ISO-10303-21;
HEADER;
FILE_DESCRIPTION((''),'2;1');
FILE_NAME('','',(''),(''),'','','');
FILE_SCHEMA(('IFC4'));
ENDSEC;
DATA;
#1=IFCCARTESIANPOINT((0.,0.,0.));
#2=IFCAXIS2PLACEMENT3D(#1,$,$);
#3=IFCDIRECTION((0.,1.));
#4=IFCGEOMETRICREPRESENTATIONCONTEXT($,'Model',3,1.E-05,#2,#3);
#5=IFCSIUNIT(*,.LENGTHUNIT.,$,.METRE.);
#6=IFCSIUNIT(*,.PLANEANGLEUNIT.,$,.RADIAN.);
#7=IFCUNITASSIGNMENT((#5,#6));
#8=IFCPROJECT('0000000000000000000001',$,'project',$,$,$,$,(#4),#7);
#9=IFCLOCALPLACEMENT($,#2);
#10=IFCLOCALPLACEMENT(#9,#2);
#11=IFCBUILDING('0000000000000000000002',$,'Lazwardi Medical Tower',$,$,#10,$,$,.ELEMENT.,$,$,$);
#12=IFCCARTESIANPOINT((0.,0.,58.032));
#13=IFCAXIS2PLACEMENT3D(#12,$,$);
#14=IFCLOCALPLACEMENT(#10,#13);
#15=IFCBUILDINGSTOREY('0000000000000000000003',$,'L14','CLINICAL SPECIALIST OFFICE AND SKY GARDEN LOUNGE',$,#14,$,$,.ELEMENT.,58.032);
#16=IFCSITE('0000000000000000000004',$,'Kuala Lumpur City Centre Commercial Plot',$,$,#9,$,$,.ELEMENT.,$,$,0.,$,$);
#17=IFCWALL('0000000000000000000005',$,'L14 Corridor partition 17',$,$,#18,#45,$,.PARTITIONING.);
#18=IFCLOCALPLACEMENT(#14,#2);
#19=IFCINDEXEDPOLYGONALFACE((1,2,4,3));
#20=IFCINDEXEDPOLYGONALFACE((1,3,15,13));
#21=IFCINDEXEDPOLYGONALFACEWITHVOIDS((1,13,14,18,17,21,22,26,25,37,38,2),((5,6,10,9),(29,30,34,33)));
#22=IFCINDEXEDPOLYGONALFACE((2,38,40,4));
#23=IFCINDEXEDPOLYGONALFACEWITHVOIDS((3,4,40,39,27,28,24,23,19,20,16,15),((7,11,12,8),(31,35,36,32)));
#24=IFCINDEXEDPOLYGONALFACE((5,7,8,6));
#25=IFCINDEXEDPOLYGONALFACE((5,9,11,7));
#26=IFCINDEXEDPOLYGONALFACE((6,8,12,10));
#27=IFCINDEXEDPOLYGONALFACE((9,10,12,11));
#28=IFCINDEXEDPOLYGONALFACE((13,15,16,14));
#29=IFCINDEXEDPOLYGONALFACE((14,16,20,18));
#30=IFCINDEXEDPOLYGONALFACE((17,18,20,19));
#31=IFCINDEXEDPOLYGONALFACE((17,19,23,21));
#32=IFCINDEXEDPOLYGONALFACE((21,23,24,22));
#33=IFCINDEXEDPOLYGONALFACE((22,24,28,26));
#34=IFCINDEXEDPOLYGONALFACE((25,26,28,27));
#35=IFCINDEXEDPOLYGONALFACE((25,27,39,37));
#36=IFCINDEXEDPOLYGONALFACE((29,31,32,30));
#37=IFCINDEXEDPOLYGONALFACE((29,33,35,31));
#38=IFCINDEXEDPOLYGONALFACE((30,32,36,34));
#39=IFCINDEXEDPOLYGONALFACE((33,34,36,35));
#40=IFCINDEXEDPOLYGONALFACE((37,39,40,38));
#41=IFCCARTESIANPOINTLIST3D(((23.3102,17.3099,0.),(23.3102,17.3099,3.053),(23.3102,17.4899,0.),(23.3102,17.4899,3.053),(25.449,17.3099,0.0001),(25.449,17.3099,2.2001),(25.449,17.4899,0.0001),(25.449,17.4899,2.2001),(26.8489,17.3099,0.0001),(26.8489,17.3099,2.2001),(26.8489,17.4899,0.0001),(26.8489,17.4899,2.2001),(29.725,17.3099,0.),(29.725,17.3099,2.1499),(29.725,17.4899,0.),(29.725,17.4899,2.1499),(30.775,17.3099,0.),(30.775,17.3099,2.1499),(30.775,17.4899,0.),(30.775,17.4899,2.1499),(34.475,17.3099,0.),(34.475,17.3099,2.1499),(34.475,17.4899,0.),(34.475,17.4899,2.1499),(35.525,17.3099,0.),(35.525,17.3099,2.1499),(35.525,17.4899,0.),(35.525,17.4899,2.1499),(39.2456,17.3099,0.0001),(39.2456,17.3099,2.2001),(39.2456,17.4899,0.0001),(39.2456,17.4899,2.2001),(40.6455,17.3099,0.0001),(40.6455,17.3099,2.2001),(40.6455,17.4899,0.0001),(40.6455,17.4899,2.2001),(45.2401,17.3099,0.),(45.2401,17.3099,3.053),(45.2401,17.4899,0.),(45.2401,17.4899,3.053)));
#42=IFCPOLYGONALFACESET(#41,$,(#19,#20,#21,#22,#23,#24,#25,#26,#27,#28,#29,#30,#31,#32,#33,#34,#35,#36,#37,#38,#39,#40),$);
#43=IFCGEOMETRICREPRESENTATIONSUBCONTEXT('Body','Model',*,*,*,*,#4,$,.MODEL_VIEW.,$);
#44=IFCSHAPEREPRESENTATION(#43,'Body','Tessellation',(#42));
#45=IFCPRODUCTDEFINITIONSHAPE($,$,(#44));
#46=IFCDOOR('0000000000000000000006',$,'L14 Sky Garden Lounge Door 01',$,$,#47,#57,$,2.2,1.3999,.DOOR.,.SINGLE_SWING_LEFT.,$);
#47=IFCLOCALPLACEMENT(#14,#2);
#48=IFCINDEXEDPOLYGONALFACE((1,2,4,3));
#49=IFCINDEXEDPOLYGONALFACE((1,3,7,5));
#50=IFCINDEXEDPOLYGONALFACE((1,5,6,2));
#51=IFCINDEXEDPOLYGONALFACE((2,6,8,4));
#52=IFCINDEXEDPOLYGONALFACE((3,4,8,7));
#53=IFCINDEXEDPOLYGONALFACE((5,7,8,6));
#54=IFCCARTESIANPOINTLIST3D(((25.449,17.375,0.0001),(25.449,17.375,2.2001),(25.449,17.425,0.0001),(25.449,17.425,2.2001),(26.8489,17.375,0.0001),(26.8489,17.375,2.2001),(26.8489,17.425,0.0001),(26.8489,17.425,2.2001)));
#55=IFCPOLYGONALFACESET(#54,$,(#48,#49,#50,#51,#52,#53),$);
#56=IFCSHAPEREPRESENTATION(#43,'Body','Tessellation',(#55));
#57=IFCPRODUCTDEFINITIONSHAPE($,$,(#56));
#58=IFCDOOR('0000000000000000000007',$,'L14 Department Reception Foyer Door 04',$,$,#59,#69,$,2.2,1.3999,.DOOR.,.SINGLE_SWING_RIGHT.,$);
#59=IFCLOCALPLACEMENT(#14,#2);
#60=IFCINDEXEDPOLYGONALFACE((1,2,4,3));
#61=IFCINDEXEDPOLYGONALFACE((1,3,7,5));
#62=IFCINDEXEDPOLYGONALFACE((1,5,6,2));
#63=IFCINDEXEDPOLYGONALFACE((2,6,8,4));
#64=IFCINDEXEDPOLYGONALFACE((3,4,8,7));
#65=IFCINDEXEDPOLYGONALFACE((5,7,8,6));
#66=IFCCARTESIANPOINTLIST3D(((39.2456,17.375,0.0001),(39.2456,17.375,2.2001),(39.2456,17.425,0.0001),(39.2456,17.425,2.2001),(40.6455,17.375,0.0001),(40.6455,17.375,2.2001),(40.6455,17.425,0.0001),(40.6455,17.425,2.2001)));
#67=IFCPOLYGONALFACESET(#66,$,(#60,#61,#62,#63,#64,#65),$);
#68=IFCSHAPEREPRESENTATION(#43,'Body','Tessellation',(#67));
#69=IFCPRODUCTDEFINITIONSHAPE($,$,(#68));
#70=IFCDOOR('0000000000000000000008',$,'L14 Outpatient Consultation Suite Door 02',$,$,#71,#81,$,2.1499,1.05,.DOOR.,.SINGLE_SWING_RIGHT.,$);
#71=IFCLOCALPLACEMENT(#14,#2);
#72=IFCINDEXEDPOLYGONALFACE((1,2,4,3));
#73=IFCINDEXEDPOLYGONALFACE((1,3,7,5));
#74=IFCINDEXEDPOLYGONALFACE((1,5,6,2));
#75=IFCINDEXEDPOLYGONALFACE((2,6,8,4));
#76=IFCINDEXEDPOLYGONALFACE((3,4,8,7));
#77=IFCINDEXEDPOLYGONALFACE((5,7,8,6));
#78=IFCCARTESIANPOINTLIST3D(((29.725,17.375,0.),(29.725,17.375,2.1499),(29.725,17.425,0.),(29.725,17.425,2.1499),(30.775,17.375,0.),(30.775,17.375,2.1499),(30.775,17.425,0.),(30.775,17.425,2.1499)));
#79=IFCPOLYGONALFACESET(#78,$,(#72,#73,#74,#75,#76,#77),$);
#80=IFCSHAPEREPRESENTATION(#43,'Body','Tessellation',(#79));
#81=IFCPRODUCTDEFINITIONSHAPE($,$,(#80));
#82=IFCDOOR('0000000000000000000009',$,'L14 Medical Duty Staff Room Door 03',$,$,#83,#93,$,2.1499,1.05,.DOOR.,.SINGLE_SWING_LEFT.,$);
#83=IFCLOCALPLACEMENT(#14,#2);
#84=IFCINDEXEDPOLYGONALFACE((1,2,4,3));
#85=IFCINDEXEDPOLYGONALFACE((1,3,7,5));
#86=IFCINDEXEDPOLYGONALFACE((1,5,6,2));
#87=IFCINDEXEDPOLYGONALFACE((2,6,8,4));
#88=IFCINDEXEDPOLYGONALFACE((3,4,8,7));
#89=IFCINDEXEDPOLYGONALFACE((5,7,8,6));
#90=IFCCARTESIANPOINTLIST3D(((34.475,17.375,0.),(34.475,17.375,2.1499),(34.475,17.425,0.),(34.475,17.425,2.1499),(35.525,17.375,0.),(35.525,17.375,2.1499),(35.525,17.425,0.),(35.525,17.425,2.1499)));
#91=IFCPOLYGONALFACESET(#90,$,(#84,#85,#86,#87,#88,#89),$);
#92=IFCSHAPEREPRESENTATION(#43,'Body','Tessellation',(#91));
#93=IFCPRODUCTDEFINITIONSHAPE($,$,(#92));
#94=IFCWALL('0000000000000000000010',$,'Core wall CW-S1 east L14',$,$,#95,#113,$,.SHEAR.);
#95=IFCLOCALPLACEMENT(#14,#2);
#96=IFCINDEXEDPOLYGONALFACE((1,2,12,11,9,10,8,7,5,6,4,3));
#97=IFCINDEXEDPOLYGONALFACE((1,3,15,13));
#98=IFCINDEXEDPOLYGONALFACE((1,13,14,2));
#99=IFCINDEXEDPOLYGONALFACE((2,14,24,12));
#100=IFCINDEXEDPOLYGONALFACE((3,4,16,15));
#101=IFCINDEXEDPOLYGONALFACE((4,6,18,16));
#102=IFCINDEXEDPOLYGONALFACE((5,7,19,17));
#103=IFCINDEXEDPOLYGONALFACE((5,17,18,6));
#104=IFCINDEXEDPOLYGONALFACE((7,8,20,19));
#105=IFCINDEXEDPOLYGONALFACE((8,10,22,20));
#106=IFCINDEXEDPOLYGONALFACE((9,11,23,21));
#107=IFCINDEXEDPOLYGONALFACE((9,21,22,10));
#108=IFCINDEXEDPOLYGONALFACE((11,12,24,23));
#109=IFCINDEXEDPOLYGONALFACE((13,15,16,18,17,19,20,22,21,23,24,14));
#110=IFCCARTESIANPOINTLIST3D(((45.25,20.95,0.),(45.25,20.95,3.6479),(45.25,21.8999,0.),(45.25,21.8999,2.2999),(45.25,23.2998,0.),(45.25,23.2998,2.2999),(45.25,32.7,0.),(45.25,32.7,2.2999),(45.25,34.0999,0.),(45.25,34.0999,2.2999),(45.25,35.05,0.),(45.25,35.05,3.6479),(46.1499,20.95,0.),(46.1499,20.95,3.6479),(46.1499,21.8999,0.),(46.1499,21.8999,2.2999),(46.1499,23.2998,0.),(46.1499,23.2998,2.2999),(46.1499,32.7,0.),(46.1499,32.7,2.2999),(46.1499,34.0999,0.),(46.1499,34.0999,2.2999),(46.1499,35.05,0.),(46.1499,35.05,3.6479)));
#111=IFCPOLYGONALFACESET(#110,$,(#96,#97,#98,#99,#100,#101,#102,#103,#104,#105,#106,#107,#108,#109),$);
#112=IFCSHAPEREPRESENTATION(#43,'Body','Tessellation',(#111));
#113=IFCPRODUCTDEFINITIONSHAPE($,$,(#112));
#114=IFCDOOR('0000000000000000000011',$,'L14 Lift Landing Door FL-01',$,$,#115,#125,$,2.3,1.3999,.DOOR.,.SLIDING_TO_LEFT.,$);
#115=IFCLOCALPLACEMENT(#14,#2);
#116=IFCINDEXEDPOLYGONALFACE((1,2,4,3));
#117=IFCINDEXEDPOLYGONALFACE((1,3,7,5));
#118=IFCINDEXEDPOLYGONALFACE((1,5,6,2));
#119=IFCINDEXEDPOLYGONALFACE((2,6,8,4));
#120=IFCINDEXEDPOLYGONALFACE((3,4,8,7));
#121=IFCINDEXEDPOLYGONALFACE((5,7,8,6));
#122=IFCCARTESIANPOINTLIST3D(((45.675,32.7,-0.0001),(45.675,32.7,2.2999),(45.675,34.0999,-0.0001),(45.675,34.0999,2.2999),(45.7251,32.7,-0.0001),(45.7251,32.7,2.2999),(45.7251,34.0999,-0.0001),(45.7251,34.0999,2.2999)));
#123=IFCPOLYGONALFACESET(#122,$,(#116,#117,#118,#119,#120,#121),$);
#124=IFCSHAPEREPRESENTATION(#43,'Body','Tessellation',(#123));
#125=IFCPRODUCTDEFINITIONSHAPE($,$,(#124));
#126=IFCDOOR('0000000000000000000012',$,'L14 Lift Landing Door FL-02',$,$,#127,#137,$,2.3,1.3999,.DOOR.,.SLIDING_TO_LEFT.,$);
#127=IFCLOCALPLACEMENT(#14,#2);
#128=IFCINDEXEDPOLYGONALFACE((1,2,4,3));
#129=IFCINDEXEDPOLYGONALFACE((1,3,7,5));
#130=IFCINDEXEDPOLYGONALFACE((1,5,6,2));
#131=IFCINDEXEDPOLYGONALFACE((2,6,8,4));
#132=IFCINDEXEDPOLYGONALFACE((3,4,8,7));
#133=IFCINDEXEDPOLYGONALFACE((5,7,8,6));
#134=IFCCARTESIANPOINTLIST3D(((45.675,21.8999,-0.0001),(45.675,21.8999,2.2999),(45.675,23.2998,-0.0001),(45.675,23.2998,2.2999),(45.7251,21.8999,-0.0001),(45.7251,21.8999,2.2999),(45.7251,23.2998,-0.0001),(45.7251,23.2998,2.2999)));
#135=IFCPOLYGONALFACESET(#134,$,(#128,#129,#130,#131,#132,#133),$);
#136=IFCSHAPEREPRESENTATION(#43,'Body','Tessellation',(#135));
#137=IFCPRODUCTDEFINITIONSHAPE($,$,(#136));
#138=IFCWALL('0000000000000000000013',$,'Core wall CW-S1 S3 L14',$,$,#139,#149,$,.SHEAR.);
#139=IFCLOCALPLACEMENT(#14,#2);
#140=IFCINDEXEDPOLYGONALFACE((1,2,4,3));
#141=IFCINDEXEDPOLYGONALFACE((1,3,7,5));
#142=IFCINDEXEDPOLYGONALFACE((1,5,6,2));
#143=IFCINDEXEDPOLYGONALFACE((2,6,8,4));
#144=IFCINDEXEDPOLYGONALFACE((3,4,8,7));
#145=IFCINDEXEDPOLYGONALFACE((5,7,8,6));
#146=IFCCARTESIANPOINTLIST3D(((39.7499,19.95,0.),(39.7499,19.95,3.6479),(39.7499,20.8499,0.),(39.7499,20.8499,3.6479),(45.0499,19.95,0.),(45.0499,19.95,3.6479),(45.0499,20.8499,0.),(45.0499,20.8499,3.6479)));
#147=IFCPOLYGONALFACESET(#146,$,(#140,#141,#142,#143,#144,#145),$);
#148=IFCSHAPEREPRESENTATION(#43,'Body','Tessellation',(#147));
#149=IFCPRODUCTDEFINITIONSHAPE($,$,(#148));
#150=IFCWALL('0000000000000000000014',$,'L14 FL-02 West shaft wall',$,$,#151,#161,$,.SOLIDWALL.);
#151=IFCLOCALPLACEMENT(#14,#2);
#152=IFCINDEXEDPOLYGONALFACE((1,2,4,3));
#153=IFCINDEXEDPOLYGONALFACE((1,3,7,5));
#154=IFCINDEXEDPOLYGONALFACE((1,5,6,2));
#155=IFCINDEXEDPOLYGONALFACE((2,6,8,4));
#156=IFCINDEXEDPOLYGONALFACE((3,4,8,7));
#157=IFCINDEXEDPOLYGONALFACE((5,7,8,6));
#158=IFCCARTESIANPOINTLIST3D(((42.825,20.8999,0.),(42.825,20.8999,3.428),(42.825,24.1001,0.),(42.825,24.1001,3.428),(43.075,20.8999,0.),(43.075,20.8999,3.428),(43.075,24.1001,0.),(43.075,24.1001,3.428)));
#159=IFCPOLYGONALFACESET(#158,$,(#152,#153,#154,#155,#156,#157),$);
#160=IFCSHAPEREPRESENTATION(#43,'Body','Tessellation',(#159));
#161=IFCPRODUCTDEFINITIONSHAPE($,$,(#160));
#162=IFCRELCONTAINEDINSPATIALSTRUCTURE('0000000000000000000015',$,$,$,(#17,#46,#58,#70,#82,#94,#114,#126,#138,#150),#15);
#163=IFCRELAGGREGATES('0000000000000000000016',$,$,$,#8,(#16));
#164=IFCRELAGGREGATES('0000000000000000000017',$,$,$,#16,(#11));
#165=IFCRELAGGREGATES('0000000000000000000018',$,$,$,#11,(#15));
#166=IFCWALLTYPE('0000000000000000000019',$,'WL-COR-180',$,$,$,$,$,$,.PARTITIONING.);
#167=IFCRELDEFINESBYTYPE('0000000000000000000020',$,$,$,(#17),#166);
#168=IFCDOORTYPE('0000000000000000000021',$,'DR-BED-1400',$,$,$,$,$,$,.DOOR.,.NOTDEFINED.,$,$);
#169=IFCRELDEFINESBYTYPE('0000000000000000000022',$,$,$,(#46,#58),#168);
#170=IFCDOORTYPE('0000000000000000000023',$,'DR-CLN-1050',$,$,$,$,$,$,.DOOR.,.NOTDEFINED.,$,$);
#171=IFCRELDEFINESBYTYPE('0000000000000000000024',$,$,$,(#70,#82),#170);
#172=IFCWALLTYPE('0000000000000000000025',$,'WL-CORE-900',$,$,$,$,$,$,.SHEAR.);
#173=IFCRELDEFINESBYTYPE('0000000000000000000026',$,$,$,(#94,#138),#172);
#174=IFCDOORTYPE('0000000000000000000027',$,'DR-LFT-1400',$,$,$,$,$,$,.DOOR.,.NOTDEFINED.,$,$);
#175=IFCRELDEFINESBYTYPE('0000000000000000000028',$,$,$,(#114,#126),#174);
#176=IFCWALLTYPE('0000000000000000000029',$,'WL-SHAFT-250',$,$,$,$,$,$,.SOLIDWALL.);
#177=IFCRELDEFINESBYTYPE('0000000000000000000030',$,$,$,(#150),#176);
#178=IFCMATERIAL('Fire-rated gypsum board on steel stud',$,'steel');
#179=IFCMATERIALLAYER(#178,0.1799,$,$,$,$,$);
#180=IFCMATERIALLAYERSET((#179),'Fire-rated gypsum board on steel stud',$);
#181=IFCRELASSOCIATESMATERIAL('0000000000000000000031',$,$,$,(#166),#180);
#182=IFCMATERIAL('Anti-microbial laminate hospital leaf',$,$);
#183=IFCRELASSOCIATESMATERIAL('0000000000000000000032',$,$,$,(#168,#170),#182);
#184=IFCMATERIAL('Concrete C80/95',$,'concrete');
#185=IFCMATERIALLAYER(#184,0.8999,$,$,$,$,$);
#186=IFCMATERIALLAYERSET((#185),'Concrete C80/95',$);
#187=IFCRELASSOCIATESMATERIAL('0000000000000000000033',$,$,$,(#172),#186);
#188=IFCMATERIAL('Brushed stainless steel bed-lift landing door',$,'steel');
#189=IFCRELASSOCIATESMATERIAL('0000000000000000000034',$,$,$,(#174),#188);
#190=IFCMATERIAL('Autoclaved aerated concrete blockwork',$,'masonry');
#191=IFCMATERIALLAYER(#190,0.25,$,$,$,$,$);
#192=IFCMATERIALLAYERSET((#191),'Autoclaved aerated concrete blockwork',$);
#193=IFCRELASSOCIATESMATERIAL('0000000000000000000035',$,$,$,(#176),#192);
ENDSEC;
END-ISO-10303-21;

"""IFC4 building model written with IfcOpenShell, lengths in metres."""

from ifc_helpers import new_model, si_unit, direction, frame, frame_2d, origin, place, context, subcontext, project, spatial, rectangle, extrude, material, layer, layer_set, type_object, element, fill, save


model = new_model("IFC4")

# Units and contexts
model_context = context("Model", 3, precision=1e-05, world=origin(), true_north=direction((0.0, 1.0)))
body_context = subcontext(model_context, "Body", "Model", "MODEL_VIEW")
ifc_project = project(units=[si_unit("LENGTHUNIT", "METRE"), si_unit("PLANEANGLEUNIT", "RADIAN")], contexts=[model_context])

# Site, building, storey
site_placement = place(None, origin())
site = spatial("IfcSite", under=ifc_project, at=site_placement, Name="Kuala Lumpur City Centre Commercial Plot", CompositionType="ELEMENT", RefElevation=0.0)
building_placement = place(site_placement, origin())
building = spatial("IfcBuilding", under=site, at=building_placement, Name="Lazwardi Medical Tower", CompositionType="ELEMENT")
storey_placement = place(building_placement, frame((0.0, 0.0, 58.032)))
storey = spatial("IfcBuildingStorey", under=building, at=storey_placement, Name="L14", Description="CLINICAL SPECIALIST OFFICE AND SKY GARDEN LOUNGE", CompositionType="ELEMENT", Elevation=58.032)

# Shared definitions
ifc_material_1 = material(Name="Concrete C80/95", Category="concrete")

# Shared definitions
ifc_material_2 = material(Name="Fire-rated gypsum board on steel stud", Category="steel")
ifc_layer_1 = layer(ifc_material_2, 0.1799)
ifc_layer_set_1 = layer_set([ifc_layer_1], Name="Fire-rated gypsum board on steel stud")
wall_type_1 = type_object("IfcWallType", Name="WL-COR-180", PredefinedType="PARTITIONING", material=ifc_layer_set_1)

# Walls, openings, doors
wall_1_placement = place(storey_placement, frame((45.24, 17.3999, 0.0), z_axis=(0.0, 0.0, 1.0), x_axis=(-1.0, 0.0, 0.0)))
wall_1 = element("IfcWall", 1, at=wall_1_placement, inside=storey, type_object=wall_type_1, Name="L14 Corridor partition 17", PredefinedType="PARTITIONING", context=body_context, shape_type="SweptSolid", body=[
    extrude(rectangle(XDim=21.9299, YDim=0.1799, at=frame_2d((10.9648, 0.0))), origin(), (0.0, 0.0, 1.0), 3.053),
])
opening_1_placement = place(wall_1_placement, frame((18.3911, 0.0, 0.0)))
opening_1 = element("IfcOpeningElement", 2, at=opening_1_placement, cuts=wall_1, PredefinedType="OPENING", context=body_context, shape_type="SweptSolid", body=[
    extrude(rectangle(XDim=1.3999, YDim=2.2, at=frame_2d((0.7, 1.1001))), frame((0.0, 0.0999, 0.0), z_axis=(0.0, -1.0, 0.0), x_axis=(1.0, 0.0, 0.0)), (0.0, 0.0, 1.0), 0.2),
])
opening_2_placement = place(wall_1_placement, frame((14.4651, 0.0, 0.0)))
opening_2 = element("IfcOpeningElement", 3, at=opening_2_placement, cuts=wall_1, PredefinedType="OPENING", context=body_context, shape_type="SweptSolid", body=[
    extrude(rectangle(XDim=1.05, YDim=2.1499, at=frame_2d((0.5249, 1.075))), frame((0.0, 0.0999, 0.0), z_axis=(0.0, -1.0, 0.0), x_axis=(1.0, 0.0, 0.0)), (0.0, 0.0, 1.0), 0.2),
])
opening_3_placement = place(wall_1_placement, frame((9.7151, 0.0, 0.0)))
opening_3 = element("IfcOpeningElement", 4, at=opening_3_placement, cuts=wall_1, PredefinedType="OPENING", context=body_context, shape_type="SweptSolid", body=[
    extrude(rectangle(XDim=1.05, YDim=2.1499, at=frame_2d((0.5249, 1.075))), frame((0.0, 0.0999, 0.0), z_axis=(0.0, -1.0, 0.0), x_axis=(1.0, 0.0, 0.0)), (0.0, 0.0, 1.0), 0.2),
])
opening_4_placement = place(wall_1_placement, frame((4.5945, 0.0, 0.0)))
opening_4 = element("IfcOpeningElement", 5, at=opening_4_placement, cuts=wall_1, PredefinedType="OPENING", context=body_context, shape_type="SweptSolid", body=[
    extrude(rectangle(XDim=1.3999, YDim=2.2, at=frame_2d((0.7, 1.1001))), frame((0.0, 0.0999, 0.0), z_axis=(0.0, -1.0, 0.0), x_axis=(1.0, 0.0, 0.0)), (0.0, 0.0, 1.0), 0.2),
])
ifc_material_3 = material(Name="Anti-microbial laminate hospital leaf")
door_type_1 = type_object("IfcDoorType", Name="DR-BED-1400", OperationType="NOTDEFINED", PredefinedType="DOOR", material=ifc_material_3)
door_1_placement = place(opening_1_placement, origin())
door_1 = element("IfcDoor", 6, at=door_1_placement, inside=storey, type_object=door_type_1, Name="L14 Sky Garden Lounge Door 01", OperationType="SINGLE_SWING_LEFT", OverallHeight=2.2, OverallWidth=1.3999, PredefinedType="DOOR", context=body_context, shape_type="SweptSolid", body=[
    extrude(rectangle(XDim=1.3999, YDim=2.2, at=frame_2d((0.7, 1.1001))), frame((0.0, 0.0249, 0.0), z_axis=(0.0, -1.0, 0.0), x_axis=(1.0, 0.0, 0.0)), (0.0, 0.0, 1.0), 0.05),
])
fill(opening_1, door_1)
door_2_placement = place(opening_4_placement, origin())
door_2 = element("IfcDoor", 7, at=door_2_placement, inside=storey, type_object=door_type_1, Name="L14 Department Reception Foyer Door 04", OperationType="SINGLE_SWING_RIGHT", OverallHeight=2.2, OverallWidth=1.3999, PredefinedType="DOOR", context=body_context, shape_type="SweptSolid", body=[
    extrude(rectangle(XDim=1.3999, YDim=2.2, at=frame_2d((0.7, 1.1001))), frame((0.0, 0.0249, 0.0), z_axis=(0.0, -1.0, 0.0), x_axis=(1.0, 0.0, 0.0)), (0.0, 0.0, 1.0), 0.05),
])
fill(opening_4, door_2)
door_type_2 = type_object("IfcDoorType", Name="DR-CLN-1050", OperationType="NOTDEFINED", PredefinedType="DOOR", material=ifc_material_3)
door_3_placement = place(opening_2_placement, origin())
door_3 = element("IfcDoor", 8, at=door_3_placement, inside=storey, type_object=door_type_2, Name="L14 Outpatient Consultation Suite Door 02", OperationType="SINGLE_SWING_RIGHT", OverallHeight=2.1499, OverallWidth=1.05, PredefinedType="DOOR", context=body_context, shape_type="SweptSolid", body=[
    extrude(rectangle(XDim=1.05, YDim=2.1499, at=frame_2d((0.5249, 1.075))), frame((0.0, 0.0249, 0.0), z_axis=(0.0, -1.0, 0.0), x_axis=(1.0, 0.0, 0.0)), (0.0, 0.0, 1.0), 0.05),
])
fill(opening_2, door_3)
door_4_placement = place(opening_3_placement, origin())
door_4 = element("IfcDoor", 9, at=door_4_placement, inside=storey, type_object=door_type_2, Name="L14 Medical Duty Staff Room Door 03", OperationType="SINGLE_SWING_LEFT", OverallHeight=2.1499, OverallWidth=1.05, PredefinedType="DOOR", context=body_context, shape_type="SweptSolid", body=[
    extrude(rectangle(XDim=1.05, YDim=2.1499, at=frame_2d((0.5249, 1.075))), frame((0.0, 0.0249, 0.0), z_axis=(0.0, -1.0, 0.0), x_axis=(1.0, 0.0, 0.0)), (0.0, 0.0, 1.0), 0.05),
])
fill(opening_3, door_4)
ifc_layer_2 = layer(ifc_material_1, 0.8999)
ifc_layer_set_2 = layer_set([ifc_layer_2], Name="Concrete C80/95")
wall_type_2 = type_object("IfcWallType", Name="WL-CORE-900", PredefinedType="SHEAR", material=ifc_layer_set_2)
wall_2_placement = place(storey_placement, frame((45.7, 20.95, 0.0), z_axis=(0.0, 0.0, 1.0), x_axis=(0.0, 1.0, 0.0)))
wall_2 = element("IfcWall", 10, at=wall_2_placement, inside=storey, type_object=wall_type_2, Name="Core wall CW-S1 east L14", PredefinedType="SHEAR", context=body_context, shape_type="SweptSolid", body=[
    extrude(rectangle(XDim=14.1001, YDim=0.8999, at=frame_2d((7.05, 0.0))), origin(), (0.0, 0.0, 1.0), 3.6479),
])
opening_5_placement = place(wall_2_placement, frame((11.75, 0.0, 0.0)))
opening_5 = element("IfcOpeningElement", 11, at=opening_5_placement, cuts=wall_2, PredefinedType="OPENING", context=body_context, shape_type="SweptSolid", body=[
    extrude(rectangle(XDim=1.3999, YDim=2.3, at=frame_2d((0.7, 1.1499))), frame((0.0, 0.46, 0.0), z_axis=(0.0, -1.0, 0.0), x_axis=(1.0, 0.0, 0.0)), (0.0, 0.0, 1.0), 0.9199),
])
opening_6_placement = place(wall_2_placement, frame((0.95, 0.0, 0.0)))
opening_6 = element("IfcOpeningElement", 12, at=opening_6_placement, cuts=wall_2, PredefinedType="OPENING", context=body_context, shape_type="SweptSolid", body=[
    extrude(rectangle(XDim=1.3999, YDim=2.3, at=frame_2d((0.7, 1.1499))), frame((0.0, 0.46, 0.0), z_axis=(0.0, -1.0, 0.0), x_axis=(1.0, 0.0, 0.0)), (0.0, 0.0, 1.0), 0.9199),
])
ifc_material_4 = material(Name="Brushed stainless steel bed-lift landing door", Category="steel")
door_type_3 = type_object("IfcDoorType", Name="DR-LFT-1400", OperationType="NOTDEFINED", PredefinedType="DOOR", material=ifc_material_4)
door_5_placement = place(opening_5_placement, origin())
door_5 = element("IfcDoor", 13, at=door_5_placement, inside=storey, type_object=door_type_3, Name="L14 Lift Landing Door FL-01", OperationType="SLIDING_TO_LEFT", OverallHeight=2.3, OverallWidth=1.3999, PredefinedType="DOOR", context=body_context, shape_type="SweptSolid", body=[
    extrude(rectangle(XDim=1.3999, YDim=2.3, at=frame_2d((0.7, 1.1499))), frame((0.0, 0.0249, 0.0), z_axis=(0.0, -1.0, 0.0), x_axis=(1.0, 0.0, 0.0)), (0.0, 0.0, 1.0), 0.05),
])
fill(opening_5, door_5)
door_6_placement = place(opening_6_placement, origin())
door_6 = element("IfcDoor", 14, at=door_6_placement, inside=storey, type_object=door_type_3, Name="L14 Lift Landing Door FL-02", OperationType="SLIDING_TO_LEFT", OverallHeight=2.3, OverallWidth=1.3999, PredefinedType="DOOR", context=body_context, shape_type="SweptSolid", body=[
    extrude(rectangle(XDim=1.3999, YDim=2.3, at=frame_2d((0.7, 1.1499))), frame((0.0, 0.0249, 0.0), z_axis=(0.0, -1.0, 0.0), x_axis=(1.0, 0.0, 0.0)), (0.0, 0.0, 1.0), 0.05),
])
fill(opening_6, door_6)

# Walls
wall_3_placement = place(storey_placement, frame((39.75, 20.3999, 0.0), z_axis=(0.0, 0.0, 1.0), x_axis=(1.0, 0.0, 0.0)))
element("IfcWall", 15, at=wall_3_placement, inside=storey, type_object=wall_type_2, Name="Core wall CW-S1 S3 L14", PredefinedType="SHEAR", context=body_context, shape_type="SweptSolid", body=[
    extrude(rectangle(XDim=5.3, YDim=0.8999, at=frame_2d((2.6499, 0.0))), origin(), (0.0, 0.0, 1.0), 3.6479),
])
ifc_material_5 = material(Name="Autoclaved aerated concrete blockwork", Category="masonry")
ifc_layer_3 = layer(ifc_material_5, 0.25)
ifc_layer_set_3 = layer_set([ifc_layer_3], Name="Autoclaved aerated concrete blockwork")
wall_type_3 = type_object("IfcWallType", Name="WL-SHAFT-250", PredefinedType="SOLIDWALL", material=ifc_layer_set_3)
wall_4_placement = place(storey_placement, frame((42.95, 20.8999, 0.0), z_axis=(0.0, 0.0, 1.0), x_axis=(0.0, 1.0, 0.0)))
element("IfcWall", 16, at=wall_4_placement, inside=storey, type_object=wall_type_3, Name="L14 FL-02 West shaft wall", PredefinedType="SOLIDWALL", context=body_context, shape_type="SweptSolid", body=[
    extrude(rectangle(XDim=3.2002, YDim=0.25, at=frame_2d((1.6001, 0.0))), origin(), (0.0, 0.0, 1.0), 3.428),
])

save(model, "model.ifc")
